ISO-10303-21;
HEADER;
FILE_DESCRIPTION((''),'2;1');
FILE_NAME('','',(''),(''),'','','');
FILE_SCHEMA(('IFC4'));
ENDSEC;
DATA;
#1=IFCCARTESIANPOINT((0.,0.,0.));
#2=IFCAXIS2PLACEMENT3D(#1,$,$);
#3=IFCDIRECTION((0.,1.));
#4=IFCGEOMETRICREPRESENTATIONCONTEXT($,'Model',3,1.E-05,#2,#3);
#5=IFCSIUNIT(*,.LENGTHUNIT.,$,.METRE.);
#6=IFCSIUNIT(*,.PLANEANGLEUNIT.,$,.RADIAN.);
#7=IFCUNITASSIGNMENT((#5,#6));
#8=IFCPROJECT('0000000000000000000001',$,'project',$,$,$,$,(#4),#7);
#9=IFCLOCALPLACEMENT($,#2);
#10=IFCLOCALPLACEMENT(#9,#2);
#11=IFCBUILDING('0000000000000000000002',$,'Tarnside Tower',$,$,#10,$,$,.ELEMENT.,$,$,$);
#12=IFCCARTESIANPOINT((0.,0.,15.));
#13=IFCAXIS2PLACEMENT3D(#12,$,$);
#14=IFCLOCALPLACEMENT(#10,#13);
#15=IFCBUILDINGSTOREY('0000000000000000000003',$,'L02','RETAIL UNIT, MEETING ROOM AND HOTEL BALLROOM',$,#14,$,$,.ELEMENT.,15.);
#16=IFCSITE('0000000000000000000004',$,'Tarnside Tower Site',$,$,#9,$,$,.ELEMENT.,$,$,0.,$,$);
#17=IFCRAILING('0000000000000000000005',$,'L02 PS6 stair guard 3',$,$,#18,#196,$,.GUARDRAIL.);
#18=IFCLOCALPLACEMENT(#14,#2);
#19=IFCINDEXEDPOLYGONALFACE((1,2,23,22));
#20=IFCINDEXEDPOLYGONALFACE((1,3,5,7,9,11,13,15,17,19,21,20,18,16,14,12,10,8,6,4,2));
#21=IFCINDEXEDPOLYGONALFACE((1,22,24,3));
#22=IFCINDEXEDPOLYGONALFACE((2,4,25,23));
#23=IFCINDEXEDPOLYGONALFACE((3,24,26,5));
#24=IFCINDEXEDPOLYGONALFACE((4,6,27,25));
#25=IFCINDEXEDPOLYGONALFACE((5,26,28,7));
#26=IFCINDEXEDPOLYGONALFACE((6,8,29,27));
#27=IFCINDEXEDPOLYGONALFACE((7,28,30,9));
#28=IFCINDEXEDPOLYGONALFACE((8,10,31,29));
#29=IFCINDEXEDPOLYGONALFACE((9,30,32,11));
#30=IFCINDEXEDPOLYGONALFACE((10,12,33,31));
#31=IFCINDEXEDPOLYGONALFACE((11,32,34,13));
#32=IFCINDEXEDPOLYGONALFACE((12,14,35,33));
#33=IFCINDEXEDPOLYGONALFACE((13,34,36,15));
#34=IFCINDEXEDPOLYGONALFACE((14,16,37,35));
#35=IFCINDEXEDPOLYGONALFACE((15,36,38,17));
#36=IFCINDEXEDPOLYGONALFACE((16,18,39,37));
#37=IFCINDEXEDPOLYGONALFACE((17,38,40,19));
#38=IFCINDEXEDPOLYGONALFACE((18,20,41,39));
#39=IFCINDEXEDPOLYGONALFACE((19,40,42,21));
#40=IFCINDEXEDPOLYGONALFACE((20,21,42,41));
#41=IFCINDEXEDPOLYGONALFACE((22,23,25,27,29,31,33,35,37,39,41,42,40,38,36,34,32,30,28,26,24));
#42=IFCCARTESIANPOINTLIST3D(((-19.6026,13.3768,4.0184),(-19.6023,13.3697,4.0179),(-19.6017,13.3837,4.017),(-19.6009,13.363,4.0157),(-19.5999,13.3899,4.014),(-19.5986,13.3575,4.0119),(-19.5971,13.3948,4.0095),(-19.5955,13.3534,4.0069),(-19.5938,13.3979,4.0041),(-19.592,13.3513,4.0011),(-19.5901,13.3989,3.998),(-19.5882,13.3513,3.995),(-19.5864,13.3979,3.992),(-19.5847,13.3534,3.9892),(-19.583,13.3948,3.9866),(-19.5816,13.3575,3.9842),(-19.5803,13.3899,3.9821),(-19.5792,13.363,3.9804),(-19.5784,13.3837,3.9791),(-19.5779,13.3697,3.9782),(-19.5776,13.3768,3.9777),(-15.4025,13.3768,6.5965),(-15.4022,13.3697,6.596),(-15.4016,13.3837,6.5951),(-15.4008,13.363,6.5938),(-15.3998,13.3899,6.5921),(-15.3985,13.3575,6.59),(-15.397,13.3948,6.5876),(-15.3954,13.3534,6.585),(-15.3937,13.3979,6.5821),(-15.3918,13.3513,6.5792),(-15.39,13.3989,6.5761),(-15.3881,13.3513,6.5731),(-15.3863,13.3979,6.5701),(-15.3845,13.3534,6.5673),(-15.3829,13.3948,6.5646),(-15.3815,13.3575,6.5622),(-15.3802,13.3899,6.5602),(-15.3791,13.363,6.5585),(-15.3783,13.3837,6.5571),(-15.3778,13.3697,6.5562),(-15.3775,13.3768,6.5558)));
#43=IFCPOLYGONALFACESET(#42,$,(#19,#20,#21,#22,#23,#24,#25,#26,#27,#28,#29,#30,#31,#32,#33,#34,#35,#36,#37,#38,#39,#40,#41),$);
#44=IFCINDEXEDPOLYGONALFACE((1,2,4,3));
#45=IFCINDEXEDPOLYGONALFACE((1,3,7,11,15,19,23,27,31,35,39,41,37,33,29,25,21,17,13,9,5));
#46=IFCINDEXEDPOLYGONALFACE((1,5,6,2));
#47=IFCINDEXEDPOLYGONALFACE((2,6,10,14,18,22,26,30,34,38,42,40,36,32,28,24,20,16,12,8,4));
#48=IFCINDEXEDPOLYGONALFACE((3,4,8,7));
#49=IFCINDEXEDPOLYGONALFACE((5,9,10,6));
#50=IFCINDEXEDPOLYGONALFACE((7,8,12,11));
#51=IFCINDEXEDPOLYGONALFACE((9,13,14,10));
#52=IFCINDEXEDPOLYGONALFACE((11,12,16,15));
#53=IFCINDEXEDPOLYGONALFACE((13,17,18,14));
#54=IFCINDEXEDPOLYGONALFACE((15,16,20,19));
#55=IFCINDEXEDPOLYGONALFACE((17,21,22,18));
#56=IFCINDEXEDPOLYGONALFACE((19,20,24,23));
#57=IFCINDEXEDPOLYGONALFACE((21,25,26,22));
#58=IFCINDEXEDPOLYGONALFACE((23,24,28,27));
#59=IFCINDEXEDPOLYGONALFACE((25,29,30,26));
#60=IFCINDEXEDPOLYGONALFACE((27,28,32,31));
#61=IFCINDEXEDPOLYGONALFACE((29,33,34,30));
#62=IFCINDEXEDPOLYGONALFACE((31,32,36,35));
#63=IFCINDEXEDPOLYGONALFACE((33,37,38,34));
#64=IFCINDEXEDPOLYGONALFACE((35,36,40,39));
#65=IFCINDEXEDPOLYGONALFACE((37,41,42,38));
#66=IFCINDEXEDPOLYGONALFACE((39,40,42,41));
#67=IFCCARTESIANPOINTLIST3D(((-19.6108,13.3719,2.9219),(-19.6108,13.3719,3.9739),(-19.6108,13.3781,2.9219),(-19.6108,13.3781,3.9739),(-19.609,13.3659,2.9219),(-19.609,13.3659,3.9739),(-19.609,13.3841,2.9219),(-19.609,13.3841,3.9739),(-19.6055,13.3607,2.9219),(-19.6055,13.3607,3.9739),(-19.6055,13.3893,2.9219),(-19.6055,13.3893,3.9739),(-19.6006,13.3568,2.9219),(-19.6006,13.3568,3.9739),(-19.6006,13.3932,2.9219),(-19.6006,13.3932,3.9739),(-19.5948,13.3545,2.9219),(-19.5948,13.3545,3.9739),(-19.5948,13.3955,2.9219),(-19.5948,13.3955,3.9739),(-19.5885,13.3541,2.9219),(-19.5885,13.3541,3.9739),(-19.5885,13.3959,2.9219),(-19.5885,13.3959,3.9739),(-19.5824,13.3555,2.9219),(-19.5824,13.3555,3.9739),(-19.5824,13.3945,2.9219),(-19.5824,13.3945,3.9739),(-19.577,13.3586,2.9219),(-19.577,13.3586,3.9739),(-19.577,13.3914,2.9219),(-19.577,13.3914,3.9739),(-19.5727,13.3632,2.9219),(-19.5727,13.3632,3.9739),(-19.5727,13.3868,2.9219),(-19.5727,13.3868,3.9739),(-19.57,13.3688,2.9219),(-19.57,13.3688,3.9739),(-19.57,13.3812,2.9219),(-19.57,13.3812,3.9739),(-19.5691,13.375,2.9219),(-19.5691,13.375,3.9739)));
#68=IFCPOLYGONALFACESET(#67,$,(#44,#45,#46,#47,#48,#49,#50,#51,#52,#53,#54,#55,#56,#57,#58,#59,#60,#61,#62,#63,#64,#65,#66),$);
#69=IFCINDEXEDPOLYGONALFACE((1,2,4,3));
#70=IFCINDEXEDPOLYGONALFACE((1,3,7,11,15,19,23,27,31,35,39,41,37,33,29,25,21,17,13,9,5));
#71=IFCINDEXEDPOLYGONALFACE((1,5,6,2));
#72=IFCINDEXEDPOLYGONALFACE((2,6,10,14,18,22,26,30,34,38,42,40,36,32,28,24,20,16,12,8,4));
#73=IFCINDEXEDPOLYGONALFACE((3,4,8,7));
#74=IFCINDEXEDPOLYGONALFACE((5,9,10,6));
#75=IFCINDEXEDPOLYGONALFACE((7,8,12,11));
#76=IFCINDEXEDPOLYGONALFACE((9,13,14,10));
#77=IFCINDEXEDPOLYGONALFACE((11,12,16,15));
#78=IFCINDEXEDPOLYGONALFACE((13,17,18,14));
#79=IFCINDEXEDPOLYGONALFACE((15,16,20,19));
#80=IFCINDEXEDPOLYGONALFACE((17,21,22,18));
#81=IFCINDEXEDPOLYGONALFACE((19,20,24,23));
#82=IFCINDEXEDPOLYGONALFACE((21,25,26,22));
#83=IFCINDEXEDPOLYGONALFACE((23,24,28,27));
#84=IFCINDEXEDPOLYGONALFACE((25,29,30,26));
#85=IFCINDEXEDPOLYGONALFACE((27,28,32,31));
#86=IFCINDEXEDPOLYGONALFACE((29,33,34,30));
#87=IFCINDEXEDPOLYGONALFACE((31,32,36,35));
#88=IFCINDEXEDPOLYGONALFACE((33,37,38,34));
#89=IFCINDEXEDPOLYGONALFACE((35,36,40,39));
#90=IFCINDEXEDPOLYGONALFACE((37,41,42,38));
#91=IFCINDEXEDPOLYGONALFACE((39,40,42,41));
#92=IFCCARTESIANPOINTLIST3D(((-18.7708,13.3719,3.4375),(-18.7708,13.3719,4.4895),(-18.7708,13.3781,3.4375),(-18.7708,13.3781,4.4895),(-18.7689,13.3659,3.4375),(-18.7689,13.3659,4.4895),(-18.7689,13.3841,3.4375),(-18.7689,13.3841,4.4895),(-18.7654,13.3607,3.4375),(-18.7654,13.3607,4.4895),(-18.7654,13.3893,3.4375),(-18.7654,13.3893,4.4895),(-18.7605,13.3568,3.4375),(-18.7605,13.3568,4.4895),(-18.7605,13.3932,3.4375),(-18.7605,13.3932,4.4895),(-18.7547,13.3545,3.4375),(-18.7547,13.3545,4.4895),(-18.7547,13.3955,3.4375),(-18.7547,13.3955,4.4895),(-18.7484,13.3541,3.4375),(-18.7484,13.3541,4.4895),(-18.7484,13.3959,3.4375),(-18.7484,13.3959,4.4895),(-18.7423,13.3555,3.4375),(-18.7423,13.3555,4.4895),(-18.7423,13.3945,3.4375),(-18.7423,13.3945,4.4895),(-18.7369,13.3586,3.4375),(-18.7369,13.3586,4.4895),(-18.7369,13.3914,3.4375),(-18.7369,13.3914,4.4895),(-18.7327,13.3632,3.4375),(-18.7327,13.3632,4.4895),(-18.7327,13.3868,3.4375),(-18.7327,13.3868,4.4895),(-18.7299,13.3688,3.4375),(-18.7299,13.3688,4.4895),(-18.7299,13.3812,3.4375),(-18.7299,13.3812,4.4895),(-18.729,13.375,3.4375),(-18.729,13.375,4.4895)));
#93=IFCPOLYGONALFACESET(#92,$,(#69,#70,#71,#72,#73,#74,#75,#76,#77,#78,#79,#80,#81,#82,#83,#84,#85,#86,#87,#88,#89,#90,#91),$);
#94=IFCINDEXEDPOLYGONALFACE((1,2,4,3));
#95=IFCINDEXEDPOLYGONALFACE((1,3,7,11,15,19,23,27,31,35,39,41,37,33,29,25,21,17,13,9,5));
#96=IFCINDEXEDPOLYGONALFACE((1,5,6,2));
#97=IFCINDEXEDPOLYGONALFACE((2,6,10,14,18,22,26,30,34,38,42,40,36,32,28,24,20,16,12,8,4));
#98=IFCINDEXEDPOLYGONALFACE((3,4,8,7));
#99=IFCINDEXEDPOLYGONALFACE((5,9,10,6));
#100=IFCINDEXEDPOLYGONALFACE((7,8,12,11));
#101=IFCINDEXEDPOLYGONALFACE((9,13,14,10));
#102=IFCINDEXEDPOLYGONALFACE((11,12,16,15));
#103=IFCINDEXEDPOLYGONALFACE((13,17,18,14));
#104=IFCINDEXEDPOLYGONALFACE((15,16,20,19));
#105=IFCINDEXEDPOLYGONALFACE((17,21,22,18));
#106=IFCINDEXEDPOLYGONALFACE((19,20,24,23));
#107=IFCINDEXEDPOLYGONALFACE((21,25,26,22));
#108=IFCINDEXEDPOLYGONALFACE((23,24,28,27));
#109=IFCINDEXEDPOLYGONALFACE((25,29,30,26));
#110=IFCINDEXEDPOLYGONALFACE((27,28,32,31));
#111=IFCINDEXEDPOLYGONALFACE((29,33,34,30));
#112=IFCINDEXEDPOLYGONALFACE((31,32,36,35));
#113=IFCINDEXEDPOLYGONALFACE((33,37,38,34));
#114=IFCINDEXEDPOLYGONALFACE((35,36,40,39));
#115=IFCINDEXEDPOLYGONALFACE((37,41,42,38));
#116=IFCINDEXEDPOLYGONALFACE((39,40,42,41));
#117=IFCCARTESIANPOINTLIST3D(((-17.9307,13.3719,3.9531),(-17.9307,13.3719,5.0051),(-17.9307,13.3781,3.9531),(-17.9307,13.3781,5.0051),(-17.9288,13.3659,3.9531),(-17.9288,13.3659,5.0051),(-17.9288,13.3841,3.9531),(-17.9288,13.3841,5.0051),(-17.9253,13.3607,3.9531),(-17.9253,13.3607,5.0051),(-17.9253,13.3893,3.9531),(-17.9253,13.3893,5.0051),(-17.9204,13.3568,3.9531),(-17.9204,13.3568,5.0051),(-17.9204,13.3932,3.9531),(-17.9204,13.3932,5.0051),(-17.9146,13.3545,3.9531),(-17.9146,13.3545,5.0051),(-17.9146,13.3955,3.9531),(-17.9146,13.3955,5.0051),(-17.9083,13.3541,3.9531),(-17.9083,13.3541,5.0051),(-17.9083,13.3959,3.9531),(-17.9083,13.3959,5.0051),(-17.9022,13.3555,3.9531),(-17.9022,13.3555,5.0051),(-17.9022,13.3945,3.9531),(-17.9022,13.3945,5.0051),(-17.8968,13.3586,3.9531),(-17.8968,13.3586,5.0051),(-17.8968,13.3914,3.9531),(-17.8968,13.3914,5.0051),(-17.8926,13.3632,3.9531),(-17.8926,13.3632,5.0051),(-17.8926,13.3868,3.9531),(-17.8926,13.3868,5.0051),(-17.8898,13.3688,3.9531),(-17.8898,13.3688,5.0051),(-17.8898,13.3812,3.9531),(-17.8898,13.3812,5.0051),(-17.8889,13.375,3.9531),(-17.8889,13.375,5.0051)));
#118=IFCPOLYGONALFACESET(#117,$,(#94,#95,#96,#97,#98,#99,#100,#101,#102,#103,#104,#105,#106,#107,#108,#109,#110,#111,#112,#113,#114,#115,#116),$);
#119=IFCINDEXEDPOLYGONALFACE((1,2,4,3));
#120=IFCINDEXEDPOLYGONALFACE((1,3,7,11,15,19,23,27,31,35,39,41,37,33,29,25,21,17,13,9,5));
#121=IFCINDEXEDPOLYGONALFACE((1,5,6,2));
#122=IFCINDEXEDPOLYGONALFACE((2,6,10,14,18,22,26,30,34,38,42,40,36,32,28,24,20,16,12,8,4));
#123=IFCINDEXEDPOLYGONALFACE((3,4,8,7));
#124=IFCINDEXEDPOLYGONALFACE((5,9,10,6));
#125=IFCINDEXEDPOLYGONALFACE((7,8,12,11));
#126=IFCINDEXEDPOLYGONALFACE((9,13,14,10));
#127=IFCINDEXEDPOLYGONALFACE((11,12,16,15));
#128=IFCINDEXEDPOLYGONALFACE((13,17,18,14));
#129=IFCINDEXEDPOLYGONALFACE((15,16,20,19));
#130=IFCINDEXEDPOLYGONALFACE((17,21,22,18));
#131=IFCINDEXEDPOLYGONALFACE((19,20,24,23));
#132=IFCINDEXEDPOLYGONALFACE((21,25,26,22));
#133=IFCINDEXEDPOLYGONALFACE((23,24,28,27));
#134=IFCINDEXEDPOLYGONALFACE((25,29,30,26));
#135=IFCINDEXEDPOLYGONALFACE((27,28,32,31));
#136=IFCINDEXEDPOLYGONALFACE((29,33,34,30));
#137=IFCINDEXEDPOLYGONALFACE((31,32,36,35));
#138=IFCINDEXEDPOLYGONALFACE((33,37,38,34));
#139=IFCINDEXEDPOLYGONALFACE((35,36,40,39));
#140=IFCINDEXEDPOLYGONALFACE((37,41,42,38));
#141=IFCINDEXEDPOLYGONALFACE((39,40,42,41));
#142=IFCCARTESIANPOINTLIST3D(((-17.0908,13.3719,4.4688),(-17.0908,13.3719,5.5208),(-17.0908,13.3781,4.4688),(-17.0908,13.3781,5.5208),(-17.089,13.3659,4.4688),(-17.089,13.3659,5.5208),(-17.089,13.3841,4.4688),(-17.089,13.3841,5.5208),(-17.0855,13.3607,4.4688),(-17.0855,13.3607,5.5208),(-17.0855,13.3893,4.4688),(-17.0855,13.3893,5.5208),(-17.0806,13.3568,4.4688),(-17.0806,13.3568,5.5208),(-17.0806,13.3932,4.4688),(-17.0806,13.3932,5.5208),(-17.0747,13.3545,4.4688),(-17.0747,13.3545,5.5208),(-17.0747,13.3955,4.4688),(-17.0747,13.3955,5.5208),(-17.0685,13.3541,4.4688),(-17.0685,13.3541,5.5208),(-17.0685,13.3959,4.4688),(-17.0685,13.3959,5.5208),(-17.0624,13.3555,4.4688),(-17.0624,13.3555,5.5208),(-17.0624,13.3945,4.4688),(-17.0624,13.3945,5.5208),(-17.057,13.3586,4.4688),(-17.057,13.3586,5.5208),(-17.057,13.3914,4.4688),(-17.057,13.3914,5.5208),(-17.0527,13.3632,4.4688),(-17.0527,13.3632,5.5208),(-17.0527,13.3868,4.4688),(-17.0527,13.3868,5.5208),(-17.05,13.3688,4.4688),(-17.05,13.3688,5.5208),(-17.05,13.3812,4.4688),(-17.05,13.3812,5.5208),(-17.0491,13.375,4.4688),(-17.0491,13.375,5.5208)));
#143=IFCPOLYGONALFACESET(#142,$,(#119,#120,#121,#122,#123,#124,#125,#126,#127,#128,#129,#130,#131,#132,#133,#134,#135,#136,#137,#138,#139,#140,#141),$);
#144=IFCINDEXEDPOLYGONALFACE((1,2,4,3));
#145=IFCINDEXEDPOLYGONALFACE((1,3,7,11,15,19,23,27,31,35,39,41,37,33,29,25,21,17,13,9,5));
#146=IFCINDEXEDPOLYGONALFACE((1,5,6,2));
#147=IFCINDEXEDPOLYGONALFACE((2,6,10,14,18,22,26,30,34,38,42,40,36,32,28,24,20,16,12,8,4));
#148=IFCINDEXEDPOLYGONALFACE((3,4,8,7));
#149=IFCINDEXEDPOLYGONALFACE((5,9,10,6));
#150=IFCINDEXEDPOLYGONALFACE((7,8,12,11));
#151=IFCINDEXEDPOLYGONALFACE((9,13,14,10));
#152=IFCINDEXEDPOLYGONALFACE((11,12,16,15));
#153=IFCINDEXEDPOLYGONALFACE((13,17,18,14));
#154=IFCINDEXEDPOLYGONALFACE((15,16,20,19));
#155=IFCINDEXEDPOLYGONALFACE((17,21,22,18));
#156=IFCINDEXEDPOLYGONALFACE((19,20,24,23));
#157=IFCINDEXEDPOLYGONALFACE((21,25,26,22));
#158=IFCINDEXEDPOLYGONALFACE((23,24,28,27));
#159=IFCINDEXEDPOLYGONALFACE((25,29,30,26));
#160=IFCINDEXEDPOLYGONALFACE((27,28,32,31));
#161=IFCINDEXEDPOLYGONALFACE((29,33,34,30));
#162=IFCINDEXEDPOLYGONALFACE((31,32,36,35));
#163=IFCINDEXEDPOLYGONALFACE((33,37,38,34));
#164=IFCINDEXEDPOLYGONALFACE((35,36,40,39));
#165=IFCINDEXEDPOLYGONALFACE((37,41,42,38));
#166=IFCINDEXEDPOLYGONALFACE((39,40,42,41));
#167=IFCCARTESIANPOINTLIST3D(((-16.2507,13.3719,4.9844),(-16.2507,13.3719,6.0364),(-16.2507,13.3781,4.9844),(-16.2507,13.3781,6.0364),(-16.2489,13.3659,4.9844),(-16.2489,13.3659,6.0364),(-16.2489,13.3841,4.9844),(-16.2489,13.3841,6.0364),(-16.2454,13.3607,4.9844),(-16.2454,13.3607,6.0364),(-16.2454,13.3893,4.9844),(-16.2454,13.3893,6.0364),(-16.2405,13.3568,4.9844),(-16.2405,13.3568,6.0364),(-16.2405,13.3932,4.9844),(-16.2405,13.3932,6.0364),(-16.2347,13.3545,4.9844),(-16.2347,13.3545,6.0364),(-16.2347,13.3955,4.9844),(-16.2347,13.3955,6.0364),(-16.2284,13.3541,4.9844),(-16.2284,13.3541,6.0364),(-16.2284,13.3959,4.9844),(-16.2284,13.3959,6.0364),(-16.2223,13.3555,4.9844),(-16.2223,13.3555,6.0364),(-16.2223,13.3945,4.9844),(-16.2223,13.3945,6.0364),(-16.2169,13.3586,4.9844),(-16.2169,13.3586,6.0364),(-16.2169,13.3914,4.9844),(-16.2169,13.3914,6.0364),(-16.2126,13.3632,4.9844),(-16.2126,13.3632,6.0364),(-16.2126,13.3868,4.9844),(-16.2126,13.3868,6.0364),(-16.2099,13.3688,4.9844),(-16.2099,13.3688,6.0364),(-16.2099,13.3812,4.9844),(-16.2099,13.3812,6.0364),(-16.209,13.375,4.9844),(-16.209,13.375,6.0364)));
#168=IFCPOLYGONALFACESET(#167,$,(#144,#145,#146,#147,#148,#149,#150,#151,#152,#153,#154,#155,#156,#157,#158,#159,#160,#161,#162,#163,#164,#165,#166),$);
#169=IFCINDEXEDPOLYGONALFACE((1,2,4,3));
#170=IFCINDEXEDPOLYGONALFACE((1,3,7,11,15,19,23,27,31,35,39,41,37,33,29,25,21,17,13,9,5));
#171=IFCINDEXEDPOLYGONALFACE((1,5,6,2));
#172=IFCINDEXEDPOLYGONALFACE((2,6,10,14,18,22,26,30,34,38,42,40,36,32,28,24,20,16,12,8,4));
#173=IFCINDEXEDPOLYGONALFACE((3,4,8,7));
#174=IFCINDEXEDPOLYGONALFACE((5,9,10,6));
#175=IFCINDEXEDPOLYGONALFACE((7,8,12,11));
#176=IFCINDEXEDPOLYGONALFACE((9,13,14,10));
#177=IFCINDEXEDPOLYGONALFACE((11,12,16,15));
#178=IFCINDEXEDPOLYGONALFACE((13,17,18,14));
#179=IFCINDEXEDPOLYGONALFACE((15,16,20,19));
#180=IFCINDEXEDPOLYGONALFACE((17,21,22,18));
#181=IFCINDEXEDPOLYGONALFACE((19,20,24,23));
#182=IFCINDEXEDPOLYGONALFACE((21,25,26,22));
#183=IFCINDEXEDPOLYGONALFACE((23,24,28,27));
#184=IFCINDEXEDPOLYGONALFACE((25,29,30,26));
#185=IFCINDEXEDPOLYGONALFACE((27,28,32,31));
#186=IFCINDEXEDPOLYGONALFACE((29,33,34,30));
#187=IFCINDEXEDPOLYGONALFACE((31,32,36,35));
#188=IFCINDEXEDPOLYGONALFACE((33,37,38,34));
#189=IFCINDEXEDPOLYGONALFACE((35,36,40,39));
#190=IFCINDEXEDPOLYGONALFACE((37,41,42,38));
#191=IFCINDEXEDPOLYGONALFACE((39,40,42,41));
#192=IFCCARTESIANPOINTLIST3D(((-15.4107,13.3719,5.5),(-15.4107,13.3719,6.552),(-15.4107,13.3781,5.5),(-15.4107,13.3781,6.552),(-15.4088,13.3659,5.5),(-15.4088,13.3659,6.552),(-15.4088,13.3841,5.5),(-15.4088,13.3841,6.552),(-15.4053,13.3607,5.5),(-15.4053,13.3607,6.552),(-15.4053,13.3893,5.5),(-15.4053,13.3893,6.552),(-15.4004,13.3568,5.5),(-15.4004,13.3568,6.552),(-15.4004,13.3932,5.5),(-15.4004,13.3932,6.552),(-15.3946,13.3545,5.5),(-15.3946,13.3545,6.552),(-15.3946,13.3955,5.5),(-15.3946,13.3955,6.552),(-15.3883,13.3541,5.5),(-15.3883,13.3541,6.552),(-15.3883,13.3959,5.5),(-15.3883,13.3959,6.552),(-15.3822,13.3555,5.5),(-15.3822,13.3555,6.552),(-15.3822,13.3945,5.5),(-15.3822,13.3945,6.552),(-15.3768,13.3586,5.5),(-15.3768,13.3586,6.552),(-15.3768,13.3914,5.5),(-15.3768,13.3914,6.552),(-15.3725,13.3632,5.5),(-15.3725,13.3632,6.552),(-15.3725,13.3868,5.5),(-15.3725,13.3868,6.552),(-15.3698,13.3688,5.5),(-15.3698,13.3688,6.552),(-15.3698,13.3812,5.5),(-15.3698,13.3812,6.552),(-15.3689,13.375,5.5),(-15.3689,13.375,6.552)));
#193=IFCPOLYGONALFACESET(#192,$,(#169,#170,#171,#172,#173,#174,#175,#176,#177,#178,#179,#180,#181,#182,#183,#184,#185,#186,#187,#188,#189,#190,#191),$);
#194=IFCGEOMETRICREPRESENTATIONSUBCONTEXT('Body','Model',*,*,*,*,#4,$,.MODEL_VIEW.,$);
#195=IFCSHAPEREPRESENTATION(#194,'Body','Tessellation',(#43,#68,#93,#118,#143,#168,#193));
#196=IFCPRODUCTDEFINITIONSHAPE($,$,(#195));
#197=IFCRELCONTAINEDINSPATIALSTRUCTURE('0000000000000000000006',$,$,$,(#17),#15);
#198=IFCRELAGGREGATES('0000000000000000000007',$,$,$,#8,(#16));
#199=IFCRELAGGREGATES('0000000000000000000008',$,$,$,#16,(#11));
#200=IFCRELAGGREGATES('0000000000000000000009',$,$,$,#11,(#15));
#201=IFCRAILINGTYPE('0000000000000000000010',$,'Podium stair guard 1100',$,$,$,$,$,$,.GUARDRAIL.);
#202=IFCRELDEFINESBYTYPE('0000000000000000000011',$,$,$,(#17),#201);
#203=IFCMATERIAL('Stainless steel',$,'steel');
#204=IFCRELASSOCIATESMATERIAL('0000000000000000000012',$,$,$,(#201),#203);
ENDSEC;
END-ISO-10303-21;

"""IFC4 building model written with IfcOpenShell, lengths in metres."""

from ifc_helpers import new_model, si_unit, direction, frame, origin, origin_2d, place, context, subcontext, project, spatial, circle, extrude, material, type_object, element, save


model = new_model("IFC4")

# Units and contexts
model_context = context("Model", 3, precision=1e-05, world=origin(), true_north=direction((0.0, 1.0)))
body_context = subcontext(model_context, "Body", "Model", "MODEL_VIEW")
ifc_project = project(units=[si_unit("LENGTHUNIT", "METRE"), si_unit("PLANEANGLEUNIT", "RADIAN")], contexts=[model_context])

# Site, building, storey
site_placement = place(None, origin())
site = spatial("IfcSite", under=ifc_project, at=site_placement, Name="Tarnside Tower Site", CompositionType="ELEMENT", RefElevation=0.0)
building_placement = place(site_placement, origin())
building = spatial("IfcBuilding", under=site, at=building_placement, Name="Tarnside Tower", CompositionType="ELEMENT")
storey_placement = place(building_placement, frame((0.0, 0.0, 15.0)))
storey = spatial("IfcBuildingStorey", under=building, at=storey_placement, Name="L02", Description="RETAIL UNIT, MEETING ROOM AND HOTEL BALLROOM", CompositionType="ELEMENT", Elevation=15.0)

# Railing
ifc_material_1 = material(Name="Stainless steel", Category="steel")
railing_type_1 = type_object("IfcRailingType", Name="Podium stair guard 1100", PredefinedType="GUARDRAIL", material=ifc_material_1)
railing_1_placement = place(storey_placement, frame((-19.5901, 13.375, 2.9219)))
element("IfcRailing", 1, at=railing_1_placement, inside=storey, type_object=railing_type_1, Name="L02 PS6 stair guard 3", PredefinedType="GUARDRAIL", context=body_context, shape_type="SweptSolid", body=[
    extrude(circle(Radius=0.0239, at=origin_2d()), frame((0.0, 0.0, 1.0762), z_axis=(0.852256, 0.0, 0.523124), x_axis=(0.0, 1.0, 0.0)), (0.0, 0.0, 1.0), 4.9282),
    extrude(circle(Radius=0.021, at=origin_2d()), origin(), (0.0, 0.0, 1.0), 1.052),
    extrude(circle(Radius=0.021, at=origin_2d()), frame((0.8401, 0.0, 0.5156)), (0.0, 0.0, 1.0), 1.052),
    extrude(circle(Radius=0.021, at=origin_2d()), frame((1.6802, 0.0, 1.0312)), (0.0, 0.0, 1.0), 1.052),
    extrude(circle(Radius=0.021, at=origin_2d()), frame((2.52, 0.0, 1.5469)), (0.0, 0.0, 1.0), 1.052),
    extrude(circle(Radius=0.021, at=origin_2d()), frame((3.3601, 0.0, 2.0625)), (0.0, 0.0, 1.0), 1.052),
    extrude(circle(Radius=0.021, at=origin_2d()), frame((4.2002, 0.0, 2.5781)), (0.0, 0.0, 1.0), 1.052),
])

save(model, "model.ifc")
